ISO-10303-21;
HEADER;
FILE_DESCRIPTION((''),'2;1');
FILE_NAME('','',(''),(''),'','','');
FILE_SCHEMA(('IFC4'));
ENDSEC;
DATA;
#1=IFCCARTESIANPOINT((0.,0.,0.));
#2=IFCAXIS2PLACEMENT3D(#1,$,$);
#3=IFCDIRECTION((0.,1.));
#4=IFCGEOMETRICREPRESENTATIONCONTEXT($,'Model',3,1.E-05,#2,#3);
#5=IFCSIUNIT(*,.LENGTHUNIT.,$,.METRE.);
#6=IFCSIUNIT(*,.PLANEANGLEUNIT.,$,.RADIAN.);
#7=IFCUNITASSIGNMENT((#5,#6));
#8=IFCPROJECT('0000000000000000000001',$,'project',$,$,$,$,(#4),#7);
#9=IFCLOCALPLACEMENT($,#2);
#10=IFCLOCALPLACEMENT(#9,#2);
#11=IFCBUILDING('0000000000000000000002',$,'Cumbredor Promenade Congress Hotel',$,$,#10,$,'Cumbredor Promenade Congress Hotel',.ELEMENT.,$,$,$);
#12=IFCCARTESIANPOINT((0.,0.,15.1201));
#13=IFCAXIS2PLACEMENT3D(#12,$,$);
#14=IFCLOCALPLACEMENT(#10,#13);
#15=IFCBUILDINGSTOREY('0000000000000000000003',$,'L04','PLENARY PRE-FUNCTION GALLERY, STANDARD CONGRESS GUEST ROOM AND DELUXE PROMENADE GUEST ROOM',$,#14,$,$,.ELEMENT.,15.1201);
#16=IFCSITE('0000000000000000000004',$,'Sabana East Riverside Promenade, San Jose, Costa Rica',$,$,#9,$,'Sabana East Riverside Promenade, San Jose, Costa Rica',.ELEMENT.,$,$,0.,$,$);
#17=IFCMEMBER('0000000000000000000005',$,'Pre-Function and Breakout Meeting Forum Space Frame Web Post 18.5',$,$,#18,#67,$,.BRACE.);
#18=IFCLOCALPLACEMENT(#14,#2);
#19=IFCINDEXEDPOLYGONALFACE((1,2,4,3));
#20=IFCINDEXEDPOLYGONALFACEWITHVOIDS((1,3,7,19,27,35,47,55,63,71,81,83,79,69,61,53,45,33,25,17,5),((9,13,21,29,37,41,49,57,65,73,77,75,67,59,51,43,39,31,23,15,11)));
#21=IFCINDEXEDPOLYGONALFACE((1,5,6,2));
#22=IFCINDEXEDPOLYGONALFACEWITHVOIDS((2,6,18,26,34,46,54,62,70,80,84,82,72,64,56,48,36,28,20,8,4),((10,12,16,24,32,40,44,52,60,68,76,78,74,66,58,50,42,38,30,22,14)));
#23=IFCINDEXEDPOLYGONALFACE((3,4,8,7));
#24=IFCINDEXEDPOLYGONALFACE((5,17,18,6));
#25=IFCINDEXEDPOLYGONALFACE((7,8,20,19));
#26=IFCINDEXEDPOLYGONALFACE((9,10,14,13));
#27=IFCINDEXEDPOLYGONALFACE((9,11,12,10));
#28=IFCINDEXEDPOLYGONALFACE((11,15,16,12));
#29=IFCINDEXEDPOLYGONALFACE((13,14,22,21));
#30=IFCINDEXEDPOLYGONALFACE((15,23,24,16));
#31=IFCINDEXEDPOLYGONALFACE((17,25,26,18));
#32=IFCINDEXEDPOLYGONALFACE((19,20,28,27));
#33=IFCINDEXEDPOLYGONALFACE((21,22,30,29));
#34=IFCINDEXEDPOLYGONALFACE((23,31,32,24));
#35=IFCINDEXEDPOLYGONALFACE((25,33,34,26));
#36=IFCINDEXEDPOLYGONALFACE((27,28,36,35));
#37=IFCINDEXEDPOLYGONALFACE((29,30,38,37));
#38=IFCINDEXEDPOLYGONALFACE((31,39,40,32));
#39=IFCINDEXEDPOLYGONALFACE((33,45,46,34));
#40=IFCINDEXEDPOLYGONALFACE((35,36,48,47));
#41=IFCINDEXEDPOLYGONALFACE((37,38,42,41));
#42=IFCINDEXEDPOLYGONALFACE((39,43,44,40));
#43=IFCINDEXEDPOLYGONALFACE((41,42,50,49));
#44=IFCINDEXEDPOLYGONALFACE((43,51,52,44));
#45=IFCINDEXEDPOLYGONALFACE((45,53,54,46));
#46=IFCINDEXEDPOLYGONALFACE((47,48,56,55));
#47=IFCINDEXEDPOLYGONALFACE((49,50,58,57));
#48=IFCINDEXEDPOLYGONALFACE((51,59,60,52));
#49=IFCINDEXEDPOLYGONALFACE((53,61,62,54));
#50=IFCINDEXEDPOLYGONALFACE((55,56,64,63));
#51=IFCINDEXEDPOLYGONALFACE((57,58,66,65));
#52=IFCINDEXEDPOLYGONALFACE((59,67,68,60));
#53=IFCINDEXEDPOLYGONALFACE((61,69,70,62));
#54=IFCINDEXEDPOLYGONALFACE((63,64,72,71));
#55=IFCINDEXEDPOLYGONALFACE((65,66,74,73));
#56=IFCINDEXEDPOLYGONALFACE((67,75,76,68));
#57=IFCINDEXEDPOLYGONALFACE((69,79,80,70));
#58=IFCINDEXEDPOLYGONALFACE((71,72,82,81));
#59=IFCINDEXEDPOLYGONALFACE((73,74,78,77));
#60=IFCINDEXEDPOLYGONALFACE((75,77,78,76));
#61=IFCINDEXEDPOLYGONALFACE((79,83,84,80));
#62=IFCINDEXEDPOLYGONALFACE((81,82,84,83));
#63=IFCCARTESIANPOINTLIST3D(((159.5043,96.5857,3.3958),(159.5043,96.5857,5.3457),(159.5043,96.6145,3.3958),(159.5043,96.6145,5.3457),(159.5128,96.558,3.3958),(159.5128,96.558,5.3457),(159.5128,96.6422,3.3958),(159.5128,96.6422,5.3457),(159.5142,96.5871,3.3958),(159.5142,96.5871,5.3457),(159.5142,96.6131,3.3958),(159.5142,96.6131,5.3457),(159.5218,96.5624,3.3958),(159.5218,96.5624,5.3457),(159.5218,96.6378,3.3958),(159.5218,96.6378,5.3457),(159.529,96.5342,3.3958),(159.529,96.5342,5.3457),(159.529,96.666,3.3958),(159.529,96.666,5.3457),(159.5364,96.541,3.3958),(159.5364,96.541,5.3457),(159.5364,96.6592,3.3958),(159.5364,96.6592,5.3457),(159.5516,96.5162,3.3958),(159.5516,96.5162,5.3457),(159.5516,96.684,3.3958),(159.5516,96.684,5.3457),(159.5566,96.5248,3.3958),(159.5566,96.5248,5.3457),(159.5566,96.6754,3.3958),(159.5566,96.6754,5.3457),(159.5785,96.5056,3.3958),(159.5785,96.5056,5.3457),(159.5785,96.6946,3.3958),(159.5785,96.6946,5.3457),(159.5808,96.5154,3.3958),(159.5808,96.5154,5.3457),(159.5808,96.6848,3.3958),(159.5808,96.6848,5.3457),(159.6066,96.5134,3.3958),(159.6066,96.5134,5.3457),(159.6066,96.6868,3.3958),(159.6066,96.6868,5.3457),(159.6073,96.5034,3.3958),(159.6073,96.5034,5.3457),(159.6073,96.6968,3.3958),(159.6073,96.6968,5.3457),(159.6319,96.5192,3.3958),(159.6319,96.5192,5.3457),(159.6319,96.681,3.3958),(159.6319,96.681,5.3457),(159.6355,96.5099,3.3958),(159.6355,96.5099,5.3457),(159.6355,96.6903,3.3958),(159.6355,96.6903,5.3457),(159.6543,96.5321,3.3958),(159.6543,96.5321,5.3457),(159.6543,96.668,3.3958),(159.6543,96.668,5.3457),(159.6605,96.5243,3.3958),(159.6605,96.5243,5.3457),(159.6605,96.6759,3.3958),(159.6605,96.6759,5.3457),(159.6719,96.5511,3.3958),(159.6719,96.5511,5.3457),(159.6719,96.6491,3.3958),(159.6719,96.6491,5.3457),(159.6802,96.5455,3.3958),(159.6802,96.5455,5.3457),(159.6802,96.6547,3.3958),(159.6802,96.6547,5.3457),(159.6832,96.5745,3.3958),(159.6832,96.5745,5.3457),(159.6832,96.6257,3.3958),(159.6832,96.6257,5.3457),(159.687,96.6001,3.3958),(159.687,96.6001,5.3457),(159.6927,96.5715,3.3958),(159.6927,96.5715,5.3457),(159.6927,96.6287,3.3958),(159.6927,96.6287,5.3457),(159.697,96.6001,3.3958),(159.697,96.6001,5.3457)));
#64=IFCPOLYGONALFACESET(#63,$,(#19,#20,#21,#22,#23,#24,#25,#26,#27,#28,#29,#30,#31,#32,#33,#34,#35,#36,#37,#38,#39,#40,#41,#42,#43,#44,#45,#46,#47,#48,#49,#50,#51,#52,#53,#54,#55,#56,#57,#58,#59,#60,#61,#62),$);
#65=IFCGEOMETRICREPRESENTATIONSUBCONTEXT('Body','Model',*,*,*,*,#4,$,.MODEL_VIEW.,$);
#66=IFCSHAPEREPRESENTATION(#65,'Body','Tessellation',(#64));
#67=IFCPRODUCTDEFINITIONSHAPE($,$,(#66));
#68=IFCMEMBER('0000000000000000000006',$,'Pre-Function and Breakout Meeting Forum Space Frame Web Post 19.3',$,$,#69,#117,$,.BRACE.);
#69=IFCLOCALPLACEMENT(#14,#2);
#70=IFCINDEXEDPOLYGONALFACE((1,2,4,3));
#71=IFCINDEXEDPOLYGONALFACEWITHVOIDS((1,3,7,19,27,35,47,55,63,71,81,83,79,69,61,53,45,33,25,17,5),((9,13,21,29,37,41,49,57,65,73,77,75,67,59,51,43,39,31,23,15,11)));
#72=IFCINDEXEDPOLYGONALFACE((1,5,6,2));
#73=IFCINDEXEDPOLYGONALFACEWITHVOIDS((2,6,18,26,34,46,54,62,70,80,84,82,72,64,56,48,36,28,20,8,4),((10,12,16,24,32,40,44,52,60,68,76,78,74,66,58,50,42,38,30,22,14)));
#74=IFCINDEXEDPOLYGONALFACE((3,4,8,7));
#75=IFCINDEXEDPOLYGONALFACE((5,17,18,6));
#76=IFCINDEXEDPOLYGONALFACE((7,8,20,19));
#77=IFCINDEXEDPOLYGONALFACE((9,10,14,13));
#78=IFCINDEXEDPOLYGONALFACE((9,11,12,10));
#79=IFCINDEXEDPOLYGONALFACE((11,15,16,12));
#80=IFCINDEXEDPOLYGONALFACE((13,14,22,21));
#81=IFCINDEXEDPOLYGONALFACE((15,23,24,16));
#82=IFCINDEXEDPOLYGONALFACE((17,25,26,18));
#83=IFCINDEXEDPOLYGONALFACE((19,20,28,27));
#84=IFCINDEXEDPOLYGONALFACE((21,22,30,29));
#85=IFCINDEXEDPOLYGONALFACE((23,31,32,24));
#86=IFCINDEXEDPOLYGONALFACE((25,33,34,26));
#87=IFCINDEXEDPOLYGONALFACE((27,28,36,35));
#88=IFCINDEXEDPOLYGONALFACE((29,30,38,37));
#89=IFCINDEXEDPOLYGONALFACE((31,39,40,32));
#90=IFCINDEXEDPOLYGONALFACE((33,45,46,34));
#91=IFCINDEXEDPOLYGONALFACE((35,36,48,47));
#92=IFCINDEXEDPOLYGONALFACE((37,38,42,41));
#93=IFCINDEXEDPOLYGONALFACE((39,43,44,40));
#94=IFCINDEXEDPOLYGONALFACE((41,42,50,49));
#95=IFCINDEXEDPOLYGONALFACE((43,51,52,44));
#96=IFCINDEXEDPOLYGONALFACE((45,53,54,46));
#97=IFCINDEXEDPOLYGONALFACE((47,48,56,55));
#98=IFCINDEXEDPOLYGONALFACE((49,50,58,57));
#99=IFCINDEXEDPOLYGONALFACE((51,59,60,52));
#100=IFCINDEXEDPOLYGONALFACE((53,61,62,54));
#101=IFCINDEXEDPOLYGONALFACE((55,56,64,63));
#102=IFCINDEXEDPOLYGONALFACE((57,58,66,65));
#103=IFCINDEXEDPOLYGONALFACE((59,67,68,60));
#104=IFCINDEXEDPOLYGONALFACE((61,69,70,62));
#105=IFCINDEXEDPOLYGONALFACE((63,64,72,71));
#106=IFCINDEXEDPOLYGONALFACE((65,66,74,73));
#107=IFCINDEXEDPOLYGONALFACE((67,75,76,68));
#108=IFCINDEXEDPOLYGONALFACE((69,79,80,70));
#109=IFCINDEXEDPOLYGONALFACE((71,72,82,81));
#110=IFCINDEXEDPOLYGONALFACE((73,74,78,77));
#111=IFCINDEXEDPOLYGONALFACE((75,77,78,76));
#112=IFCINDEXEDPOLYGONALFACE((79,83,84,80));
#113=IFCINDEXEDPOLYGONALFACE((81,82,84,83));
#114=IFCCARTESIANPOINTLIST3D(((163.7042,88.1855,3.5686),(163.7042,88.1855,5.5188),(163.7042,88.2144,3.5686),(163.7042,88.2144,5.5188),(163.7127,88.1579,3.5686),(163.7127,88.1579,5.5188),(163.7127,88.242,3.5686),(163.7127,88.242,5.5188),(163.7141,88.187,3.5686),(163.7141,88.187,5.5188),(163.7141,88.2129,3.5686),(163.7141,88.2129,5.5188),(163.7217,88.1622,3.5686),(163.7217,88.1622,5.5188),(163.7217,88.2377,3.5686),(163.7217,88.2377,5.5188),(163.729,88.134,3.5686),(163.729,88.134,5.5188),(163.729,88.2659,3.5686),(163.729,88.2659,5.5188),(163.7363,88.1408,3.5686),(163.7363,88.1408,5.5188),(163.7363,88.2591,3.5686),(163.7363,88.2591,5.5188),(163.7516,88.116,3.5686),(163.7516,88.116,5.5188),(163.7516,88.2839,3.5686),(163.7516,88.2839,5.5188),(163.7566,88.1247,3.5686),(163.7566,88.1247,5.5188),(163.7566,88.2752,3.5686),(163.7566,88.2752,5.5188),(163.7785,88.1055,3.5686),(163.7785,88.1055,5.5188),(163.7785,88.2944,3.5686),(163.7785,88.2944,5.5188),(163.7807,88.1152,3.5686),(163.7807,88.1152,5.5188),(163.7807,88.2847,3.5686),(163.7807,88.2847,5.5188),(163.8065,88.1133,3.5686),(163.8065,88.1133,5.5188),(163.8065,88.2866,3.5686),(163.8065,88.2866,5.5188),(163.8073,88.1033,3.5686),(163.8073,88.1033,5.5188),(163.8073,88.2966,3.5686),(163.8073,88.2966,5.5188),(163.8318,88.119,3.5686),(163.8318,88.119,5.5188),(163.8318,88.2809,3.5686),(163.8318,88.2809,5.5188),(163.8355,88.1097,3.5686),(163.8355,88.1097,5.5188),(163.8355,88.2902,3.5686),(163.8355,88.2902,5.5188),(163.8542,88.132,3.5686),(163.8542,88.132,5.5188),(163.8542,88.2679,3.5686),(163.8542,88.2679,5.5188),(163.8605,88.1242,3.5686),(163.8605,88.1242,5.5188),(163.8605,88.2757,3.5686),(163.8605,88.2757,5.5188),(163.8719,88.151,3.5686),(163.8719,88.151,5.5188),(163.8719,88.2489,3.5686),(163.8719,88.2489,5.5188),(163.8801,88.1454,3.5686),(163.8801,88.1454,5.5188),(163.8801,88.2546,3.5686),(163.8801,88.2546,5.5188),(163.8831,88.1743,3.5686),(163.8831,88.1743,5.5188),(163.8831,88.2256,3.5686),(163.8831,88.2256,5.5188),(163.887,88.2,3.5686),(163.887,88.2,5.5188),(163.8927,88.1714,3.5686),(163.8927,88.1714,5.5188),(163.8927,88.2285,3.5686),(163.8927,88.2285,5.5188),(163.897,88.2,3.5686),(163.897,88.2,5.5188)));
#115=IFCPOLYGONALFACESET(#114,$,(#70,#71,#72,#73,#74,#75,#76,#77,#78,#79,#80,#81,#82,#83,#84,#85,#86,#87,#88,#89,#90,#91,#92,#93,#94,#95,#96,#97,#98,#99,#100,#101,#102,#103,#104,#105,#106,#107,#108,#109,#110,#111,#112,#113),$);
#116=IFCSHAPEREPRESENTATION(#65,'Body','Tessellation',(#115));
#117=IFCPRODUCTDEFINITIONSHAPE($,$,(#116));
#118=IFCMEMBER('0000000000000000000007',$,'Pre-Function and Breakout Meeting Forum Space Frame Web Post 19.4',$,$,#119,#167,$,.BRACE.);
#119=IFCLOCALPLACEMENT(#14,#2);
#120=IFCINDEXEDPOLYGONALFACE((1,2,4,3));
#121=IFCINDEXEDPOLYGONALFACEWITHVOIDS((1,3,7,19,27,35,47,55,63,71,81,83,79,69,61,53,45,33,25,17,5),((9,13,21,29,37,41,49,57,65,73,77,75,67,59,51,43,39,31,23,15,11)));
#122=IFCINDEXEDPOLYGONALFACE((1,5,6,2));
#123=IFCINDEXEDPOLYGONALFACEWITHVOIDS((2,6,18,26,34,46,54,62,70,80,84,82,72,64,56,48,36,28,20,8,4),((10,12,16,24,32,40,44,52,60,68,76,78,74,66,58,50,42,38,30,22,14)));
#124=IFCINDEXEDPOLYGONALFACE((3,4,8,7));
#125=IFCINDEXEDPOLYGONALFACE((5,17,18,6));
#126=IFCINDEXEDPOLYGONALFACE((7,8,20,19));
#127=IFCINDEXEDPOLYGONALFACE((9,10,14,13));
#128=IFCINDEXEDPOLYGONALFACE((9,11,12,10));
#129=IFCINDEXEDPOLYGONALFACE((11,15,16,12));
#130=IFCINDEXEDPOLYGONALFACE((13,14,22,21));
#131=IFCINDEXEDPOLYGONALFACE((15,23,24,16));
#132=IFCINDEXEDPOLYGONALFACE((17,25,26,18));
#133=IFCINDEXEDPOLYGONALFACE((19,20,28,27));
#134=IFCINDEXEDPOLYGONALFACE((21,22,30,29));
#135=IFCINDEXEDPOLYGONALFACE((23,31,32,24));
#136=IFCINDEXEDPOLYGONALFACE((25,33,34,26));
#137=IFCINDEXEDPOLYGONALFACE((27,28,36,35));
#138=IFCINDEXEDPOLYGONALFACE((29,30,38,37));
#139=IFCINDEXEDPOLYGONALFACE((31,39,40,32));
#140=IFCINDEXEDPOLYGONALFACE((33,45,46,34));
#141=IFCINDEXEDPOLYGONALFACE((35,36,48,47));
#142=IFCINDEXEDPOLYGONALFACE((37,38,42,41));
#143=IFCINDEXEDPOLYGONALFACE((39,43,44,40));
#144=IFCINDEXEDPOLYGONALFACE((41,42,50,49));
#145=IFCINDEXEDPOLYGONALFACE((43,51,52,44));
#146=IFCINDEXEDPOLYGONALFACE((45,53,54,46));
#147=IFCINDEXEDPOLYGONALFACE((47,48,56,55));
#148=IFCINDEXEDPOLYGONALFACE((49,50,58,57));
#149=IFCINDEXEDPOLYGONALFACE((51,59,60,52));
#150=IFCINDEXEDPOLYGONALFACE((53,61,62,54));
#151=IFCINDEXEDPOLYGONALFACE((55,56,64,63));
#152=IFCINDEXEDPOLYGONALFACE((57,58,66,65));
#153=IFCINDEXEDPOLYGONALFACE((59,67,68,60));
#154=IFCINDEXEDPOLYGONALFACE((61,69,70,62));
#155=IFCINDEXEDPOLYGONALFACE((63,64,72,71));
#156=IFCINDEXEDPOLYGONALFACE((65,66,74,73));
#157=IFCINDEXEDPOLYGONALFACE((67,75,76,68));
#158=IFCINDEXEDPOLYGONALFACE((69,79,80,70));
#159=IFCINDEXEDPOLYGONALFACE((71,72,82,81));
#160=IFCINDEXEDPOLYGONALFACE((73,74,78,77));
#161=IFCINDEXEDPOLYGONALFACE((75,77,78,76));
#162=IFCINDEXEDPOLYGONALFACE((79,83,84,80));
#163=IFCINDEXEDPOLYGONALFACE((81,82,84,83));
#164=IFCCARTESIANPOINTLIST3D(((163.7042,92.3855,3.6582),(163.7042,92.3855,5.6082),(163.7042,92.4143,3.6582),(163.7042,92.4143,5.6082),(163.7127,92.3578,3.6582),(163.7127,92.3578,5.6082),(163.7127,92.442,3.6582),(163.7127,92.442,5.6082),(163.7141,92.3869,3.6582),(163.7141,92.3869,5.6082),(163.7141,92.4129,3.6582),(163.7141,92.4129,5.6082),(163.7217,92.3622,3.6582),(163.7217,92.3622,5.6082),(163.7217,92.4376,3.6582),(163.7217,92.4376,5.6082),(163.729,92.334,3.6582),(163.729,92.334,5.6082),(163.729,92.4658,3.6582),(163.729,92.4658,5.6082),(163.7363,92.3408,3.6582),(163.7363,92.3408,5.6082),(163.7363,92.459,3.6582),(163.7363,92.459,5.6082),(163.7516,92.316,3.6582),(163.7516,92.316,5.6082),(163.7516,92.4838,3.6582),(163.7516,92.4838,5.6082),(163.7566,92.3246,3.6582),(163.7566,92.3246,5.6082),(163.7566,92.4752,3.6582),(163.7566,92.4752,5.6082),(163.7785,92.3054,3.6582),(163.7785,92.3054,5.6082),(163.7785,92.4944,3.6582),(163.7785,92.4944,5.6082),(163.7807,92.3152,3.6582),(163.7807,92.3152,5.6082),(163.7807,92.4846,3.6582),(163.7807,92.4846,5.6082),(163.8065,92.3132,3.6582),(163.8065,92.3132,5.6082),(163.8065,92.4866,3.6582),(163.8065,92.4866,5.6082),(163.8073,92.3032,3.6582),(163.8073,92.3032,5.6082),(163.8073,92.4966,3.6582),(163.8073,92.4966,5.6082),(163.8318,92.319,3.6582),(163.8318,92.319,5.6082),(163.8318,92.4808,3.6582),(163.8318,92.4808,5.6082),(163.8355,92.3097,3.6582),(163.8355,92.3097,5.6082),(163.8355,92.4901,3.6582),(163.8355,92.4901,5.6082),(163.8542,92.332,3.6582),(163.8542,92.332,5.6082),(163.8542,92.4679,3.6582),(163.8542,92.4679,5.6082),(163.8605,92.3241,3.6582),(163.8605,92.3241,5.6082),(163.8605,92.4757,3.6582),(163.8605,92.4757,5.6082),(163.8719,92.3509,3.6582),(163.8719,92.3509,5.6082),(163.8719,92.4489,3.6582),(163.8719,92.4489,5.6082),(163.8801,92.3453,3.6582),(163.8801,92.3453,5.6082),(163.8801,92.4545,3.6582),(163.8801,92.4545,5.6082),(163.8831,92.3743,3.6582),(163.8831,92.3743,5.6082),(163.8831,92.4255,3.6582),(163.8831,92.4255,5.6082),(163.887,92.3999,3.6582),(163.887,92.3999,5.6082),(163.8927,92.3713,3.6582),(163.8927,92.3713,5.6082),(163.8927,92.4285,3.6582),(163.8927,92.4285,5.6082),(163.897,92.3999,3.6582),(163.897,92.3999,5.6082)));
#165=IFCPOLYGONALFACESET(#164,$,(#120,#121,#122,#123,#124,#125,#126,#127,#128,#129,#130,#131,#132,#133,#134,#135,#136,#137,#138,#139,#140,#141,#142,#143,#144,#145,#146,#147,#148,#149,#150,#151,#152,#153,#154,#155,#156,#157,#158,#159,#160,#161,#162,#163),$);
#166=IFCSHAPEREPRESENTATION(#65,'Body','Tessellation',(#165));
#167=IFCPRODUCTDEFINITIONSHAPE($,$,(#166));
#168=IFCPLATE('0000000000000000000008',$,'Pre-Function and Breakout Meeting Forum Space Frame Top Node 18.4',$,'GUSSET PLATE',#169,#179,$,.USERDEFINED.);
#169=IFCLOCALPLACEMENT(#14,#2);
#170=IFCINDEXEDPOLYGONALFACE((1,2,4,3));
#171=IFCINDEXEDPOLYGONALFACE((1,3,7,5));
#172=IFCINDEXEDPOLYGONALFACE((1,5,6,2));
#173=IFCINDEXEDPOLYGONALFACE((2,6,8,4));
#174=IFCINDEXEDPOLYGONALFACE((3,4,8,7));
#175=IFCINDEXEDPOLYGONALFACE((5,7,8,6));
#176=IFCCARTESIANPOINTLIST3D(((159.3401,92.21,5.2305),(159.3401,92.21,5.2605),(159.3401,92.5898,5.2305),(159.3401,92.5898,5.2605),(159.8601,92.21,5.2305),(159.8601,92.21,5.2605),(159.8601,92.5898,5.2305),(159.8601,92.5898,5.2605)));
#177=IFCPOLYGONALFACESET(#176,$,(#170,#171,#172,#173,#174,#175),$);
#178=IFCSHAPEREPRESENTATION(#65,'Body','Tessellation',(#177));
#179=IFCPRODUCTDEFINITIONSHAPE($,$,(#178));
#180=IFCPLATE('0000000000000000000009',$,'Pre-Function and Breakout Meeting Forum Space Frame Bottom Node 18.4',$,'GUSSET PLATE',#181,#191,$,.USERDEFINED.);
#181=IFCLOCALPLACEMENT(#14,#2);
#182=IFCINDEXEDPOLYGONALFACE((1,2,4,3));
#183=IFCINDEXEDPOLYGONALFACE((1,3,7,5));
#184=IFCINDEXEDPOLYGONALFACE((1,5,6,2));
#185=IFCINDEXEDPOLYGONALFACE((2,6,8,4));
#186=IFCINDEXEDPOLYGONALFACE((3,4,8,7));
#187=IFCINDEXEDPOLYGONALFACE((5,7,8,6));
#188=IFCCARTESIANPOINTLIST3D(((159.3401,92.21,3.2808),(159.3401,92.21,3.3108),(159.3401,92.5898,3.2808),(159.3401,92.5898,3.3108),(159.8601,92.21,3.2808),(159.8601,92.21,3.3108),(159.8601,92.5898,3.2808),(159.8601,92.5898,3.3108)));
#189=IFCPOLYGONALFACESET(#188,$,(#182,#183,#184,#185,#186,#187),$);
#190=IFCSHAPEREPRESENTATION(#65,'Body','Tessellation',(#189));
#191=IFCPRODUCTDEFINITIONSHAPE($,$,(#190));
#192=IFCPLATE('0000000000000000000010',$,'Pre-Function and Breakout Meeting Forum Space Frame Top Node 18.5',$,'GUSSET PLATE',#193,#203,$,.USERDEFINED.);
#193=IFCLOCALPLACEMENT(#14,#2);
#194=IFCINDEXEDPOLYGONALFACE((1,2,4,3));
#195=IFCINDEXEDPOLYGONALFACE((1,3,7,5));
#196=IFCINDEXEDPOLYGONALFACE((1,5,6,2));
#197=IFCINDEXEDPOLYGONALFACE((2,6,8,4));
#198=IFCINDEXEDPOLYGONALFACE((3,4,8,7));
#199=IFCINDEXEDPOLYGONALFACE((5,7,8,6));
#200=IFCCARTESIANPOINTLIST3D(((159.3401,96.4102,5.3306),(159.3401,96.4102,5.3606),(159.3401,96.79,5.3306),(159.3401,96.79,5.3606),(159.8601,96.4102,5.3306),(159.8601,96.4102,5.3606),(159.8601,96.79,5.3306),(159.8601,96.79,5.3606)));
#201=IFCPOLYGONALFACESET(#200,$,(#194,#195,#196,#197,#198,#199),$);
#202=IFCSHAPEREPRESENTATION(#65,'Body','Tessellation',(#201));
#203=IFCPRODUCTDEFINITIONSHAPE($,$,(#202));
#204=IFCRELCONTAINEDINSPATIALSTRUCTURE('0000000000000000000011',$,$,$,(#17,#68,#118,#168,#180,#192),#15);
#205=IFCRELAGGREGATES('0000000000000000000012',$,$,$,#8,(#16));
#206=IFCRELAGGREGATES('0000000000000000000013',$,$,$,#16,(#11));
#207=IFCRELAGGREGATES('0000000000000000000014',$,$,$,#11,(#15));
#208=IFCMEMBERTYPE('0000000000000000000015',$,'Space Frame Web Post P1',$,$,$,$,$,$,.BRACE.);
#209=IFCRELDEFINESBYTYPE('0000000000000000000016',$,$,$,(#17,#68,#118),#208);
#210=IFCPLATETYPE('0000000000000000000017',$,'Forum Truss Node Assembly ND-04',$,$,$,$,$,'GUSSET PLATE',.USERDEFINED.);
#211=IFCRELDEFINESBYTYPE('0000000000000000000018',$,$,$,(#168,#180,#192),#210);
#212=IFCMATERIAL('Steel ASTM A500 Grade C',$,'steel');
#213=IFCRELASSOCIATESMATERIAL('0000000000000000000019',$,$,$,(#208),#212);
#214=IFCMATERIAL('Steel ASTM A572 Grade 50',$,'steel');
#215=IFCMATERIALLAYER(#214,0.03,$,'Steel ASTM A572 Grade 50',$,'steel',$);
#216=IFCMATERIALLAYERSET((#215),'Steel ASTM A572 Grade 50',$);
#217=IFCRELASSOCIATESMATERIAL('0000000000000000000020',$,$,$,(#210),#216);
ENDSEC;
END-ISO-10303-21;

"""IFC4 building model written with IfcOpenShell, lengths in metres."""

from ifc_helpers import new_model, si_unit, direction, frame, origin, origin_2d, place, context, subcontext, project, spatial, rectangle, hollow_circle, extrude, material, layer, layer_set, material_profile, profile_set, type_object, element, save


model = new_model("IFC4")

# Units and contexts
model_context = context("Model", 3, precision=1e-05, world=origin(), true_north=direction((0.0, 1.0)))
body_context = subcontext(model_context, "Body", "Model", "MODEL_VIEW")
ifc_project = project(units=[si_unit("LENGTHUNIT", "METRE"), si_unit("PLANEANGLEUNIT", "RADIAN")], contexts=[model_context])

# Site, building, storey
site_placement = place(None, origin())
site = spatial("IfcSite", under=ifc_project, at=site_placement, Name="Sabana East Riverside Promenade, San Jose, Costa Rica", LongName="Sabana East Riverside Promenade, San Jose, Costa Rica", CompositionType="ELEMENT", RefElevation=0.0)
building_placement = place(site_placement, origin())
building = spatial("IfcBuilding", under=site, at=building_placement, Name="Cumbredor Promenade Congress Hotel", LongName="Cumbredor Promenade Congress Hotel", CompositionType="ELEMENT")
storey_placement = place(building_placement, frame((0.0, 0.0, 15.1201)))
storey = spatial("IfcBuildingStorey", under=building, at=storey_placement, Name="L04", Description="PLENARY PRE-FUNCTION GALLERY, STANDARD CONGRESS GUEST ROOM AND DELUXE PROMENADE GUEST ROOM", CompositionType="ELEMENT", Elevation=15.1201)

# Members
ifc_material_1 = material(Name="Steel ASTM A500 Grade C", Category="steel")
ifc_material_profile_1 = material_profile(ifc_material_1, hollow_circle(Radius=0.0969, WallThickness=0.01, at=origin_2d()), Name="CHS 193.7x10")
ifc_profile_set_1 = profile_set([ifc_material_profile_1], Name="Steel ASTM A500 Grade C")
member_type_1 = type_object("IfcMemberType", Name="Space Frame Web Post P1", PredefinedType="BRACE", material=ifc_profile_set_1)
for number, where, z_axis, x_axis, name in (
    (1, (159.6001, 96.6001, 3.3958), (0.0, 0.0, 1.0), (1.0, 0.0, 0.0), "Pre-Function and Breakout Meeting Forum Space Frame Web Post 18.5"),
):
    element("IfcMember", number, at=place(storey_placement, frame(where, z_axis=z_axis, x_axis=x_axis)), inside=storey, type_object=member_type_1, Name=name, PredefinedType="BRACE", context=body_context, shape_type="SweptSolid", body=[
        extrude(hollow_circle(Radius=0.0969, WallThickness=0.01, at=origin_2d()), origin(), (0.0, 0.0, 1.0), 1.95),
    ])
member_1_placement = place(storey_placement, frame((163.8, 88.2, 3.5686), z_axis=(0.0, 0.0, 1.0), x_axis=(1.0, 0.0, 0.0)))
element("IfcMember", 2, at=member_1_placement, inside=storey, type_object=member_type_1, Name="Pre-Function and Breakout Meeting Forum Space Frame Web Post 19.3", PredefinedType="BRACE", context=body_context, shape_type="SweptSolid", body=[
    extrude(hollow_circle(Radius=0.0969, WallThickness=0.01, at=origin_2d()), origin(), (0.0, 0.0, 1.0), 1.9502),
])
member_2_placement = place(storey_placement, frame((163.8, 92.3999, 3.6582), z_axis=(0.0, 0.0, 1.0), x_axis=(1.0, 0.0, 0.0)))
element("IfcMember", 3, at=member_2_placement, inside=storey, type_object=member_type_1, Name="Pre-Function and Breakout Meeting Forum Space Frame Web Post 19.4", PredefinedType="BRACE", context=body_context, shape_type="SweptSolid", body=[
    extrude(hollow_circle(Radius=0.0969, WallThickness=0.01, at=origin_2d()), origin(), (0.0, 0.0, 1.0), 1.95),
])

# Plates
ifc_material_2 = material(Name="Steel ASTM A572 Grade 50", Category="steel")
ifc_layer = layer(ifc_material_2, 0.03, Name="Steel ASTM A572 Grade 50", Category="steel")
ifc_layer_set = layer_set([ifc_layer], Name="Steel ASTM A572 Grade 50")
plate_type = type_object("IfcPlateType", Name="Forum Truss Node Assembly ND-04", ElementType="GUSSET PLATE", PredefinedType="USERDEFINED", material=ifc_layer_set)
for number, where, z_axis, x_axis, name in (
    (4, (159.6001, 92.3999, 5.2305), (0.0, 0.0, 1.0), (1.0, 0.0, 0.0), "Pre-Function and Breakout Meeting Forum Space Frame Top Node 18.4"),
    (5, (159.6001, 92.3999, 3.2808), (0.0, 0.0, 1.0), (1.0, 0.0, 0.0), "Pre-Function and Breakout Meeting Forum Space Frame Bottom Node 18.4"),
    (6, (159.6001, 96.6001, 5.3306), (0.0, 0.0, 1.0), (1.0, 0.0, 0.0), "Pre-Function and Breakout Meeting Forum Space Frame Top Node 18.5"),
):
    element("IfcPlate", number, at=place(storey_placement, frame(where, z_axis=z_axis, x_axis=x_axis)), inside=storey, type_object=plate_type, Name=name, ObjectType="GUSSET PLATE", PredefinedType="USERDEFINED", context=body_context, shape_type="SweptSolid", body=[
        extrude(rectangle(XDim=0.52, YDim=0.3799, at=origin_2d()), origin(), (0.0, 0.0, 1.0), 0.03),
    ])

save(model, "model.ifc")
